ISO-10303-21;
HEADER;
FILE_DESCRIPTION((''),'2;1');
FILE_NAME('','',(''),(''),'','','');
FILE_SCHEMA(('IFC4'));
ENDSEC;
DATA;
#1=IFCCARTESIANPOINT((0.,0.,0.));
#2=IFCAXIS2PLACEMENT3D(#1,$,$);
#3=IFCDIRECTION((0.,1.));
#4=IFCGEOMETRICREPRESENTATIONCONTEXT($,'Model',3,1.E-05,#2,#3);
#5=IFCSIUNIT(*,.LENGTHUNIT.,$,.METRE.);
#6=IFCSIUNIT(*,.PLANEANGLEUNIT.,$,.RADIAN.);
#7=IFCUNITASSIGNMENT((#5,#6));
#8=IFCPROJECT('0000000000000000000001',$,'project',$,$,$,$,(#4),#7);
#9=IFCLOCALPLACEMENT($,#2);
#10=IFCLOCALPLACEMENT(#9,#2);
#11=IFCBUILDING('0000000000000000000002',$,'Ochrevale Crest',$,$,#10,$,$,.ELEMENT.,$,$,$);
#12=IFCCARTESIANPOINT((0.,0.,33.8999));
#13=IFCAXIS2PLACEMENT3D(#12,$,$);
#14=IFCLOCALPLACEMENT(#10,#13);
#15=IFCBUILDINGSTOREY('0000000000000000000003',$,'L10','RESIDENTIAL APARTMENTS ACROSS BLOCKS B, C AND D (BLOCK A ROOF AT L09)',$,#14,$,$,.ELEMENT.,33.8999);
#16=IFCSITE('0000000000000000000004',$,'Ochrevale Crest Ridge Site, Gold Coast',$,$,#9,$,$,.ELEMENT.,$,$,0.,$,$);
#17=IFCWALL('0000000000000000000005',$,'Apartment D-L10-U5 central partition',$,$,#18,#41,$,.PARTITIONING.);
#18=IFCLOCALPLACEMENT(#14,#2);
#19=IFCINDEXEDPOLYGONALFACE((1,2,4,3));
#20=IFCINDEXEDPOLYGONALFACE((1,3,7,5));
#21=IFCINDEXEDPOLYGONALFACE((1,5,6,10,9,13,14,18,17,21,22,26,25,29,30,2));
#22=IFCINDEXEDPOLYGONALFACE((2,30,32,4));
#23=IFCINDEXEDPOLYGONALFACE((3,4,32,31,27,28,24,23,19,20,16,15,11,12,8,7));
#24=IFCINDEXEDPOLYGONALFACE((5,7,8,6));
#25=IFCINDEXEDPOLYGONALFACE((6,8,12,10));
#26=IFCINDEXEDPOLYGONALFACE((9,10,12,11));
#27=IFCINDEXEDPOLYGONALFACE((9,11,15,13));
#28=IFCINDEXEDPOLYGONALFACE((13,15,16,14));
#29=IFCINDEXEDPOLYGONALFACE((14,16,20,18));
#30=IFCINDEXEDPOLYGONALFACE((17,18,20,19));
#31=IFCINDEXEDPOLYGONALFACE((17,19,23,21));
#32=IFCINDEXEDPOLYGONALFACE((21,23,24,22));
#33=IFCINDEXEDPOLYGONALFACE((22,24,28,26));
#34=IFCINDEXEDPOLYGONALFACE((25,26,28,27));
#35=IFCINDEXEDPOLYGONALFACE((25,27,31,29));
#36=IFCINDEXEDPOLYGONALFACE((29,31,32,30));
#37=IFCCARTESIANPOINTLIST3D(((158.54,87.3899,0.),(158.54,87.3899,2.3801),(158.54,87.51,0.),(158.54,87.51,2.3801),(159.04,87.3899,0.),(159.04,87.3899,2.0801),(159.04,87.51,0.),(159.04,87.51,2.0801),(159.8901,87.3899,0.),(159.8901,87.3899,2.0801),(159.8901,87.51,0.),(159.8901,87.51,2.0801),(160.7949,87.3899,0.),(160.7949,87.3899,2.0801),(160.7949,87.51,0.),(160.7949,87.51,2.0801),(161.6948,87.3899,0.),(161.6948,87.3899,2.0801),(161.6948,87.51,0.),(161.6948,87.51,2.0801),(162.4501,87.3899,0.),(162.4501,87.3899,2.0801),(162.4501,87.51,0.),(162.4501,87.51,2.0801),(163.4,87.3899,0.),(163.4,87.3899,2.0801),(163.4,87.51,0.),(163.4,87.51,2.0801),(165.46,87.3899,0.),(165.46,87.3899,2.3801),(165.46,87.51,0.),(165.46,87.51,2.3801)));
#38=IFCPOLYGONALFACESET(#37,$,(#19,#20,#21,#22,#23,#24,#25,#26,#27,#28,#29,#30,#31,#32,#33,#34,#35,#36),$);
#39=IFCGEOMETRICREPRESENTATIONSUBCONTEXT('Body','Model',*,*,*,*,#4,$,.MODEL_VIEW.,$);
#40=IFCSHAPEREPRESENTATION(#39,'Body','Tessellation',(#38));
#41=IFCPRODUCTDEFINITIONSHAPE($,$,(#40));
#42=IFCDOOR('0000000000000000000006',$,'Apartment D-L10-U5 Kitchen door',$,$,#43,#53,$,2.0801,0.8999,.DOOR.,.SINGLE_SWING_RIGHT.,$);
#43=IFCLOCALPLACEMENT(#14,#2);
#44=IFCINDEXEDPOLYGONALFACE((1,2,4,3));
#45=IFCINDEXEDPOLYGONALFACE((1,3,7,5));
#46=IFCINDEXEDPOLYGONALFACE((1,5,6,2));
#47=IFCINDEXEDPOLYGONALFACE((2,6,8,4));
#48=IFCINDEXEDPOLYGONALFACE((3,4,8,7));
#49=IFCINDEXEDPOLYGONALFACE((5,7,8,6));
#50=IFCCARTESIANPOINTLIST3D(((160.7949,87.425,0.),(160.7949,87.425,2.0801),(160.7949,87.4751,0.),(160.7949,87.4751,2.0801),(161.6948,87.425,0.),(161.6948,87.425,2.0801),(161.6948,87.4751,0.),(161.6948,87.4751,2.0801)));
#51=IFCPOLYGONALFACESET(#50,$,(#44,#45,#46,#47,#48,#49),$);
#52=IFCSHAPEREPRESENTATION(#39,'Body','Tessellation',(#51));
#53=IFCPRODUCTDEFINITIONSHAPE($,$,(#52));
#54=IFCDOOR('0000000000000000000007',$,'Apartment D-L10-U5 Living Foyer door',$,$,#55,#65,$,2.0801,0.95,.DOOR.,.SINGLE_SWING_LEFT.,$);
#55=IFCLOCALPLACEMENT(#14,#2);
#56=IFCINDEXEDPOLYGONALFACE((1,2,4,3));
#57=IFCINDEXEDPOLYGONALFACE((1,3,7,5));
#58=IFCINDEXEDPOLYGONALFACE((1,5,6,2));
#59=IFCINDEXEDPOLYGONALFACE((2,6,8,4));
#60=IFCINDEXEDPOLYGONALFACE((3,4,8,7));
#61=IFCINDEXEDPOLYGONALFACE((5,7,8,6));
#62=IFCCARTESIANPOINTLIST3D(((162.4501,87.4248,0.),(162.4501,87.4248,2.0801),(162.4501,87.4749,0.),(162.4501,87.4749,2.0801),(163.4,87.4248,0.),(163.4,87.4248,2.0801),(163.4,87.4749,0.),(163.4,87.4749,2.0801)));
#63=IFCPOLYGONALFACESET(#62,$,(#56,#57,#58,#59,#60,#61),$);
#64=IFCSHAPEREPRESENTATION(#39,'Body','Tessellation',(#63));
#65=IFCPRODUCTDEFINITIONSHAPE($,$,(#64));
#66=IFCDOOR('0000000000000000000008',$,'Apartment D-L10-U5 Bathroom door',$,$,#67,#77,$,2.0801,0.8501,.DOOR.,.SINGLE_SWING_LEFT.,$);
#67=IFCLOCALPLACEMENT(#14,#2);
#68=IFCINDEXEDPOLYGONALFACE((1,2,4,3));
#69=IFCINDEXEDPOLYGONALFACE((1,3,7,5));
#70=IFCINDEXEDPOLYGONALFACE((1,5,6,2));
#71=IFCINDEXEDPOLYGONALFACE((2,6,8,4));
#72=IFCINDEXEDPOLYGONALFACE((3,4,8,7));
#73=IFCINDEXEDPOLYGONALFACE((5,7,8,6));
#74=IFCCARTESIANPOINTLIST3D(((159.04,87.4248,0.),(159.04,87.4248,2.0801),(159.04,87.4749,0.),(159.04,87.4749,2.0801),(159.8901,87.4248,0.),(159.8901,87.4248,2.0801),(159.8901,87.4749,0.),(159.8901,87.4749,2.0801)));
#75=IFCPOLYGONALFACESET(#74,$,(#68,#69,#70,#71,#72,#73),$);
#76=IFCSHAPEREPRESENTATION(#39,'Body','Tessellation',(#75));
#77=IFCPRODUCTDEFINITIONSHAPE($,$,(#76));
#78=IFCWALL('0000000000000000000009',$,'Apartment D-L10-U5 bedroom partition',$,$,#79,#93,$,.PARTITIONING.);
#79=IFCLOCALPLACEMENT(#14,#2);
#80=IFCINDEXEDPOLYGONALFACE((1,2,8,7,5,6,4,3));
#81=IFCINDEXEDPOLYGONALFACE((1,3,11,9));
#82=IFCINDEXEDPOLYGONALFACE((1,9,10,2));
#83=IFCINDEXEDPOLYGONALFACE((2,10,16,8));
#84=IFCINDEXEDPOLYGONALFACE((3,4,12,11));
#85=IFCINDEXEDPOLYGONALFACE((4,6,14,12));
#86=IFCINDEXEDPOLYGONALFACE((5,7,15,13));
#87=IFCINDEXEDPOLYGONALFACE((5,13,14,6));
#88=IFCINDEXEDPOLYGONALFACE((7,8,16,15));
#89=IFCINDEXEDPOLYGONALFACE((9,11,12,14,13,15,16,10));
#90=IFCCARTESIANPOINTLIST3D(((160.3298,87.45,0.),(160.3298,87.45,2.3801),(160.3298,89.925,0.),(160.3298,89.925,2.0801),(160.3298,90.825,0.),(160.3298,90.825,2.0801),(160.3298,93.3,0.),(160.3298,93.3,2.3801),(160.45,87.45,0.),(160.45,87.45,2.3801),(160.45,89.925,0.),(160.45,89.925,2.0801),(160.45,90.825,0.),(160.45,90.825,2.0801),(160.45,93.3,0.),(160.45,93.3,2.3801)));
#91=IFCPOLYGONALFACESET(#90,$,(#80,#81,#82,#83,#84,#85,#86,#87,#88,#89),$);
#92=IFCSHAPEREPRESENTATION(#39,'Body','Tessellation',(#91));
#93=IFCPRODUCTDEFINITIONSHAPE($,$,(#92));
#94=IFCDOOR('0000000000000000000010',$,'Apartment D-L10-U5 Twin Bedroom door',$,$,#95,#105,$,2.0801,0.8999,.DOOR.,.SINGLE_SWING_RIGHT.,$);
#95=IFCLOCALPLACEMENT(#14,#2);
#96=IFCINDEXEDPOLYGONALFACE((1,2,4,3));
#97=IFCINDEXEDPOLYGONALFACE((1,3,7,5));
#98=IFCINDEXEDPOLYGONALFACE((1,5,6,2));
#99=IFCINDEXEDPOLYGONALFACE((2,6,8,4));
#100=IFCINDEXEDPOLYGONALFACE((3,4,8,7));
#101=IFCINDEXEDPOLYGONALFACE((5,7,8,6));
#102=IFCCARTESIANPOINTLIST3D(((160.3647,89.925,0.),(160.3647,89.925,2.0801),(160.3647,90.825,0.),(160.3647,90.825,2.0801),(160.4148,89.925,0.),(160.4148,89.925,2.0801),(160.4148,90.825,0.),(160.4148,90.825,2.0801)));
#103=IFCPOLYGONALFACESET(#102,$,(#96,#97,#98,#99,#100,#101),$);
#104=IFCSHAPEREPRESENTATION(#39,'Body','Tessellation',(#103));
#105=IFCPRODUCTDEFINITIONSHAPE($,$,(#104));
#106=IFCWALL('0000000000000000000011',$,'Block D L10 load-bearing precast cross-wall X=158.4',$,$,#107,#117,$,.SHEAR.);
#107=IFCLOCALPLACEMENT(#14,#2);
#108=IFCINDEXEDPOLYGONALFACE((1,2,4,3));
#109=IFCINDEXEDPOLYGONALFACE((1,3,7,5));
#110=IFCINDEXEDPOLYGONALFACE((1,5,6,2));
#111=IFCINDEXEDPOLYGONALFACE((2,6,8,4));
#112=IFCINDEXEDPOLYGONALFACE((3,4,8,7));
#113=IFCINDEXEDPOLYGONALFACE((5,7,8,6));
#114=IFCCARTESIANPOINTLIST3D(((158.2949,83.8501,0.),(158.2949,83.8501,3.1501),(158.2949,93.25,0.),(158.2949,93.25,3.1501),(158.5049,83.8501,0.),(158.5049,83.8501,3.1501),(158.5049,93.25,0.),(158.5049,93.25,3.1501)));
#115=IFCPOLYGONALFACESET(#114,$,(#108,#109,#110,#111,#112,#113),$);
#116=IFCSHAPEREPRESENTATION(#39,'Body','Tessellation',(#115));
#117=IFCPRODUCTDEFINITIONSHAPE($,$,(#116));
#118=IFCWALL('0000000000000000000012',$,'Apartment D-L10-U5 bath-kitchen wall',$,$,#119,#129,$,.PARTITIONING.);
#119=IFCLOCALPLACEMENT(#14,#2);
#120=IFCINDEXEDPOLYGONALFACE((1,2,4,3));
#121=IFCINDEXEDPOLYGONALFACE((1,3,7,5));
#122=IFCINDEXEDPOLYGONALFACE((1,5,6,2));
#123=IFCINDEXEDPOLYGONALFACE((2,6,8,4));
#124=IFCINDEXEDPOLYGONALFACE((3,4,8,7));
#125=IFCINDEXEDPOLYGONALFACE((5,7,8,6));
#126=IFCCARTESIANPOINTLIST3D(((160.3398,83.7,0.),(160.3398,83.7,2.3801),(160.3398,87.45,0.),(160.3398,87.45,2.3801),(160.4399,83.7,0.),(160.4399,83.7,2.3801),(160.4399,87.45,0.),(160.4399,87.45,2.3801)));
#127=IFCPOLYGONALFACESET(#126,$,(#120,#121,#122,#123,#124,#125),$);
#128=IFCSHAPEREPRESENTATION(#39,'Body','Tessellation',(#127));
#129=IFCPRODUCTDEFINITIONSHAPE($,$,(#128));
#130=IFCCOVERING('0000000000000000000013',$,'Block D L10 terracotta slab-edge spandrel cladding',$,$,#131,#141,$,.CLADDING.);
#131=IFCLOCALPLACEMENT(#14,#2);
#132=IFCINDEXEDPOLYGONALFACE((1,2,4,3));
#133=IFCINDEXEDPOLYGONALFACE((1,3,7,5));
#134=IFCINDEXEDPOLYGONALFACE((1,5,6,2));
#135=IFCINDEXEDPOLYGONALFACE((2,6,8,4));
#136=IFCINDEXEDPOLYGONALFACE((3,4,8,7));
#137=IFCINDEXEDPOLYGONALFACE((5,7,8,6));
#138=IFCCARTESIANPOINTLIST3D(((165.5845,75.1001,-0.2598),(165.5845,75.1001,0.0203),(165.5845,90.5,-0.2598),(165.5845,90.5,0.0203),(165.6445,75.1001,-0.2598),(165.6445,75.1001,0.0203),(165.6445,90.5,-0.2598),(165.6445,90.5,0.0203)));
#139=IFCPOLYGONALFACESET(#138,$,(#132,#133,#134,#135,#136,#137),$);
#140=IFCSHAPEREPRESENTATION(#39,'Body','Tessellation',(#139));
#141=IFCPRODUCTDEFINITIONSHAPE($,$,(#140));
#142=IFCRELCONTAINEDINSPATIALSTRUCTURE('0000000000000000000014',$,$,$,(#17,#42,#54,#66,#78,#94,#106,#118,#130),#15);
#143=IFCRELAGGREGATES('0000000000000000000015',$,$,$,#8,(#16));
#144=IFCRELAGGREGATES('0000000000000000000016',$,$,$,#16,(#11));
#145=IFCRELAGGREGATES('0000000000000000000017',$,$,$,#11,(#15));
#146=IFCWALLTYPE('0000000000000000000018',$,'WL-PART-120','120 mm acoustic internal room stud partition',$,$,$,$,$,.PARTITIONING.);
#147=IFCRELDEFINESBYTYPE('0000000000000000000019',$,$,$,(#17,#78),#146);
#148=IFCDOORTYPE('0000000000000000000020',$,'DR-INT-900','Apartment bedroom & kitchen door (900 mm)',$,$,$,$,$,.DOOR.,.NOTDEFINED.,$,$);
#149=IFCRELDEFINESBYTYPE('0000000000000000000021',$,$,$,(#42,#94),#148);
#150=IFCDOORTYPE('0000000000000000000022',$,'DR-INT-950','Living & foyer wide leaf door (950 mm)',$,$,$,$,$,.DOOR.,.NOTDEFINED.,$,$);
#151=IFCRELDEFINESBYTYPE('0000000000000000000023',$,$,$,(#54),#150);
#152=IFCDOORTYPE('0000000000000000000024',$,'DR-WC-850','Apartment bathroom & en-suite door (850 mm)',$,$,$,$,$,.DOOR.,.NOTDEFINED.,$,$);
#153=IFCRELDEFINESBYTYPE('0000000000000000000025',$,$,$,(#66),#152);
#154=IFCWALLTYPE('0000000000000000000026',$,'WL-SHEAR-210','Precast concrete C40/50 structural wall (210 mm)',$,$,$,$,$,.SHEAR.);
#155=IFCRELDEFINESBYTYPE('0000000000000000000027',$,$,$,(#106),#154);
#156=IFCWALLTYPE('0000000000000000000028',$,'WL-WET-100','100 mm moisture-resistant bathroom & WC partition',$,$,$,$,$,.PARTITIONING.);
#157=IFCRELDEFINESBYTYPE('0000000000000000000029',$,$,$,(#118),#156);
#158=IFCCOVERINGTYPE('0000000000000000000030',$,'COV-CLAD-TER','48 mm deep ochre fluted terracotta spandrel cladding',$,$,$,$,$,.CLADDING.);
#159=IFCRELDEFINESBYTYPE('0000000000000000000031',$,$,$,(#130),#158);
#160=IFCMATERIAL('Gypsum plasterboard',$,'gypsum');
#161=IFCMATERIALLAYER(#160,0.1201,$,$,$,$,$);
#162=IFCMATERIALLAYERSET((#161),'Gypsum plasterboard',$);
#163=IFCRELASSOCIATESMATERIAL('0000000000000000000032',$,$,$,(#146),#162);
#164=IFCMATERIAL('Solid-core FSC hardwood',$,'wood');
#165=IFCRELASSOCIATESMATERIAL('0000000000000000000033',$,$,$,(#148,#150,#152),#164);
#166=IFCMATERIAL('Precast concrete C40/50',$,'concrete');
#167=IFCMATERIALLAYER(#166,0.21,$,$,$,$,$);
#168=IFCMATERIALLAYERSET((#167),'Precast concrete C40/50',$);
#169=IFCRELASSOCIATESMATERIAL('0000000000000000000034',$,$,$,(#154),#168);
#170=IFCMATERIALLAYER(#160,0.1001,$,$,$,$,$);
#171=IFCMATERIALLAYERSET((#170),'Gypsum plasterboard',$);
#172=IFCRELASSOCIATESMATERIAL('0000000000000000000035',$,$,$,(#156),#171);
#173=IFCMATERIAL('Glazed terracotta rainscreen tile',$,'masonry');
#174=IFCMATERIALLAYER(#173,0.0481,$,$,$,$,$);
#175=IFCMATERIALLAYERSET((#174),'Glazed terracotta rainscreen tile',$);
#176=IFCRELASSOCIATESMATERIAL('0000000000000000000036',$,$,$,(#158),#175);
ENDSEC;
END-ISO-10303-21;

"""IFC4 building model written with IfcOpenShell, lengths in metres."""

from ifc_helpers import new_model, si_unit, direction, frame, frame_2d, origin, origin_2d, place, context, subcontext, project, spatial, rectangle, extrude, material, layer, layer_set, type_object, element, fill, save


model = new_model("IFC4")

# Units and contexts
model_context = context("Model", 3, precision=1e-05, world=origin(), true_north=direction((0.0, 1.0)))
body_context = subcontext(model_context, "Body", "Model", "MODEL_VIEW")
ifc_project = project(units=[si_unit("LENGTHUNIT", "METRE"), si_unit("PLANEANGLEUNIT", "RADIAN")], contexts=[model_context])

# Site, building, storey
site_placement = place(None, origin())
site = spatial("IfcSite", under=ifc_project, at=site_placement, Name="Ochrevale Crest Ridge Site, Gold Coast", CompositionType="ELEMENT", RefElevation=0.0)
building_placement = place(site_placement, origin())
building = spatial("IfcBuilding", under=site, at=building_placement, Name="Ochrevale Crest", CompositionType="ELEMENT")
storey_placement = place(building_placement, frame((0.0, 0.0, 33.8999)))
storey = spatial("IfcBuildingStorey", under=building, at=storey_placement, Name="L10", Description="RESIDENTIAL APARTMENTS ACROSS BLOCKS B, C AND D (BLOCK A ROOF AT L09)", CompositionType="ELEMENT", Elevation=33.8999)

# Shared definitions
ifc_material_1 = material(Name="Precast concrete C40/50", Category="concrete")

# Shared definitions
ifc_material_2 = material(Name="Gypsum plasterboard", Category="gypsum")
ifc_material_3 = material(Name="Solid-core FSC hardwood", Category="wood")

# Shared definitions
ifc_layer_1 = layer(ifc_material_2, 0.1201)
ifc_layer_set_1 = layer_set([ifc_layer_1], Name="Gypsum plasterboard")
wall_type_1 = type_object("IfcWallType", Name="WL-PART-120", Description="120 mm acoustic internal room stud partition", PredefinedType="PARTITIONING", material=ifc_layer_set_1)

# Wall, openings, doors
wall_1_placement = place(storey_placement, frame((158.54, 87.45, 0.0), z_axis=(0.0, 0.0, 1.0), x_axis=(1.0, 0.0, 0.0)))
wall_1 = element("IfcWall", 1, at=wall_1_placement, inside=storey, type_object=wall_type_1, Name="Apartment D-L10-U5 central partition", PredefinedType="PARTITIONING", context=body_context, shape_type="SweptSolid", body=[
    extrude(rectangle(XDim=6.9199, YDim=0.1201, at=frame_2d((3.46, 0.0))), origin(), (0.0, 0.0, 1.0), 2.3801),
])
opening_1_placement = place(wall_1_placement, frame((0.5, 0.0, 0.0)))
opening_1 = element("IfcOpeningElement", 2, at=opening_1_placement, cuts=wall_1, PredefinedType="OPENING", context=body_context, shape_type="SweptSolid", body=[
    extrude(rectangle(XDim=0.8501, YDim=2.0801, at=frame_2d((0.425, 1.04))), frame((0.0, 0.0701, 0.0), z_axis=(0.0, -1.0, 0.0), x_axis=(1.0, 0.0, 0.0)), (0.0, 0.0, 1.0), 0.1401),
])
opening_2_placement = place(wall_1_placement, frame((3.1548, 0.0, 0.0), z_axis=(0.0, 0.0, 1.0), x_axis=(-1.0, 0.0, 0.0)))
opening_2 = element("IfcOpeningElement", 3, at=opening_2_placement, cuts=wall_1, PredefinedType="OPENING", context=body_context, shape_type="SweptSolid", body=[
    extrude(rectangle(XDim=0.8999, YDim=2.0801, at=frame_2d((0.45, 1.04))), frame((0.0, 0.0701, 0.0), z_axis=(0.0, -1.0, 0.0), x_axis=(1.0, 0.0, 0.0)), (0.0, 0.0, 1.0), 0.1401),
])
opening_3_placement = place(wall_1_placement, frame((3.9099, 0.0, 0.0)))
opening_3 = element("IfcOpeningElement", 4, at=opening_3_placement, cuts=wall_1, PredefinedType="OPENING", context=body_context, shape_type="SweptSolid", body=[
    extrude(rectangle(XDim=0.95, YDim=2.0801, at=frame_2d((0.4751, 1.04))), frame((0.0, 0.0701, 0.0), z_axis=(0.0, -1.0, 0.0), x_axis=(1.0, 0.0, 0.0)), (0.0, 0.0, 1.0), 0.1401),
])
door_type_1 = type_object("IfcDoorType", Name="DR-INT-900", Description="Apartment bedroom & kitchen door (900 mm)", OperationType="NOTDEFINED", PredefinedType="DOOR", material=ifc_material_3)
door_1_placement = place(opening_2_placement, origin())
door_1 = element("IfcDoor", 5, at=door_1_placement, inside=storey, type_object=door_type_1, Name="Apartment D-L10-U5 Kitchen door", OperationType="SINGLE_SWING_RIGHT", OverallHeight=2.0801, OverallWidth=0.8999, PredefinedType="DOOR", context=body_context, shape_type="SweptSolid", body=[
    extrude(rectangle(XDim=0.8999, YDim=2.0801, at=frame_2d((0.45, 1.04))), frame((0.0, 0.0249, 0.0), z_axis=(0.0, -1.0, 0.0), x_axis=(1.0, 0.0, 0.0)), (0.0, 0.0, 1.0), 0.05),
])
fill(opening_2, door_1)
door_type_2 = type_object("IfcDoorType", Name="DR-INT-950", Description="Living & foyer wide leaf door (950 mm)", OperationType="NOTDEFINED", PredefinedType="DOOR", material=ifc_material_3)
door_2_placement = place(opening_3_placement, origin())
door_2 = element("IfcDoor", 6, at=door_2_placement, inside=storey, type_object=door_type_2, Name="Apartment D-L10-U5 Living Foyer door", OperationType="SINGLE_SWING_LEFT", OverallHeight=2.0801, OverallWidth=0.95, PredefinedType="DOOR", context=body_context, shape_type="SweptSolid", body=[
    extrude(rectangle(XDim=0.95, YDim=2.0801, at=frame_2d((0.4751, 1.04))), frame((0.0, 0.0249, 0.0), z_axis=(0.0, -1.0, 0.0), x_axis=(1.0, 0.0, 0.0)), (0.0, 0.0, 1.0), 0.05),
])
fill(opening_3, door_2)
door_type_3 = type_object("IfcDoorType", Name="DR-WC-850", Description="Apartment bathroom & en-suite door (850 mm)", OperationType="NOTDEFINED", PredefinedType="DOOR", material=ifc_material_3)
door_3_placement = place(opening_1_placement, origin())
door_3 = element("IfcDoor", 7, at=door_3_placement, inside=storey, type_object=door_type_3, Name="Apartment D-L10-U5 Bathroom door", OperationType="SINGLE_SWING_LEFT", OverallHeight=2.0801, OverallWidth=0.8501, PredefinedType="DOOR", context=body_context, shape_type="SweptSolid", body=[
    extrude(rectangle(XDim=0.8501, YDim=2.0801, at=frame_2d((0.425, 1.04))), frame((0.0, 0.0249, 0.0), z_axis=(0.0, -1.0, 0.0), x_axis=(1.0, 0.0, 0.0)), (0.0, 0.0, 1.0), 0.05),
])
fill(opening_1, door_3)

# Wall, opening, door
wall_2_placement = place(storey_placement, frame((160.3899, 87.45, 0.0), z_axis=(0.0, 0.0, 1.0), x_axis=(0.0, 1.0, 0.0)))
wall_2 = element("IfcWall", 8, at=wall_2_placement, inside=storey, type_object=wall_type_1, Name="Apartment D-L10-U5 bedroom partition", PredefinedType="PARTITIONING", context=body_context, shape_type="SweptSolid", body=[
    extrude(rectangle(XDim=5.8501, YDim=0.1201, at=frame_2d((2.925, 0.0))), origin(), (0.0, 0.0, 1.0), 2.3801),
])
opening_4_placement = place(wall_2_placement, frame((3.375, 0.0, 0.0), z_axis=(0.0, 0.0, 1.0), x_axis=(-1.0, 0.0, 0.0)))
opening_4 = element("IfcOpeningElement", 9, at=opening_4_placement, cuts=wall_2, PredefinedType="OPENING", context=body_context, shape_type="SweptSolid", body=[
    extrude(rectangle(XDim=0.8999, YDim=2.0801, at=frame_2d((0.45, 1.04))), frame((0.0, 0.0701, 0.0), z_axis=(0.0, -1.0, 0.0), x_axis=(1.0, 0.0, 0.0)), (0.0, 0.0, 1.0), 0.1401),
])
door_4_placement = place(opening_4_placement, origin())
door_4 = element("IfcDoor", 10, at=door_4_placement, inside=storey, type_object=door_type_1, Name="Apartment D-L10-U5 Twin Bedroom door", OperationType="SINGLE_SWING_RIGHT", OverallHeight=2.0801, OverallWidth=0.8999, PredefinedType="DOOR", context=body_context, shape_type="SweptSolid", body=[
    extrude(rectangle(XDim=0.8999, YDim=2.0801, at=frame_2d((0.45, 1.04))), frame((0.0, 0.0249, 0.0), z_axis=(0.0, -1.0, 0.0), x_axis=(1.0, 0.0, 0.0)), (0.0, 0.0, 1.0), 0.05),
])
fill(opening_4, door_4)

# Walls
ifc_layer_2 = layer(ifc_material_1, 0.21)
ifc_layer_set_2 = layer_set([ifc_layer_2], Name="Precast concrete C40/50")
wall_type_2 = type_object("IfcWallType", Name="WL-SHEAR-210", Description="Precast concrete C40/50 structural wall (210 mm)", PredefinedType="SHEAR", material=ifc_layer_set_2)
wall_3_placement = place(storey_placement, frame((158.3999, 83.8501, 0.0), z_axis=(0.0, 0.0, 1.0), x_axis=(0.0, 1.0, 0.0)))
element("IfcWall", 11, at=wall_3_placement, inside=storey, type_object=wall_type_2, Name="Block D L10 load-bearing precast cross-wall X=158.4", PredefinedType="SHEAR", context=body_context, shape_type="SweptSolid", body=[
    extrude(rectangle(XDim=9.3999, YDim=0.21, at=frame_2d((4.7, 0.0))), origin(), (0.0, 0.0, 1.0), 3.1501),
])
ifc_layer_3 = layer(ifc_material_2, 0.1001)
ifc_layer_set_3 = layer_set([ifc_layer_3], Name="Gypsum plasterboard")
wall_type_3 = type_object("IfcWallType", Name="WL-WET-100", Description="100 mm moisture-resistant bathroom & WC partition", PredefinedType="PARTITIONING", material=ifc_layer_set_3)
wall_4_placement = place(storey_placement, frame((160.3899, 83.7, 0.0), z_axis=(0.0, 0.0, 1.0), x_axis=(0.0, 1.0, 0.0)))
element("IfcWall", 12, at=wall_4_placement, inside=storey, type_object=wall_type_3, Name="Apartment D-L10-U5 bath-kitchen wall", PredefinedType="PARTITIONING", context=body_context, shape_type="SweptSolid", body=[
    extrude(rectangle(XDim=3.75, YDim=0.1001, at=frame_2d((1.875, 0.0))), origin(), (0.0, 0.0, 1.0), 2.3801),
])

# Covering
ifc_material_4 = material(Name="Glazed terracotta rainscreen tile", Category="masonry")
ifc_layer_4 = layer(ifc_material_4, 0.0481)
ifc_layer_set_4 = layer_set([ifc_layer_4], Name="Glazed terracotta rainscreen tile")
covering_type = type_object("IfcCoveringType", Name="COV-CLAD-TER", Description="48 mm deep ochre fluted terracotta spandrel cladding", PredefinedType="CLADDING", material=ifc_layer_set_4)
covering_placement = place(storey_placement, frame((165.6145, 82.8, -0.2598), z_axis=(0.0, 0.0, 1.0), x_axis=(0.0, 1.0, 0.0)))
element("IfcCovering", 13, at=covering_placement, inside=storey, type_object=covering_type, Name="Block D L10 terracotta slab-edge spandrel cladding", PredefinedType="CLADDING", context=body_context, shape_type="SweptSolid", body=[
    extrude(rectangle(XDim=15.3999, YDim=0.0601, at=origin_2d()), origin(), (0.0, 0.0, 1.0), 0.28),
])

save(model, "model.ifc")
